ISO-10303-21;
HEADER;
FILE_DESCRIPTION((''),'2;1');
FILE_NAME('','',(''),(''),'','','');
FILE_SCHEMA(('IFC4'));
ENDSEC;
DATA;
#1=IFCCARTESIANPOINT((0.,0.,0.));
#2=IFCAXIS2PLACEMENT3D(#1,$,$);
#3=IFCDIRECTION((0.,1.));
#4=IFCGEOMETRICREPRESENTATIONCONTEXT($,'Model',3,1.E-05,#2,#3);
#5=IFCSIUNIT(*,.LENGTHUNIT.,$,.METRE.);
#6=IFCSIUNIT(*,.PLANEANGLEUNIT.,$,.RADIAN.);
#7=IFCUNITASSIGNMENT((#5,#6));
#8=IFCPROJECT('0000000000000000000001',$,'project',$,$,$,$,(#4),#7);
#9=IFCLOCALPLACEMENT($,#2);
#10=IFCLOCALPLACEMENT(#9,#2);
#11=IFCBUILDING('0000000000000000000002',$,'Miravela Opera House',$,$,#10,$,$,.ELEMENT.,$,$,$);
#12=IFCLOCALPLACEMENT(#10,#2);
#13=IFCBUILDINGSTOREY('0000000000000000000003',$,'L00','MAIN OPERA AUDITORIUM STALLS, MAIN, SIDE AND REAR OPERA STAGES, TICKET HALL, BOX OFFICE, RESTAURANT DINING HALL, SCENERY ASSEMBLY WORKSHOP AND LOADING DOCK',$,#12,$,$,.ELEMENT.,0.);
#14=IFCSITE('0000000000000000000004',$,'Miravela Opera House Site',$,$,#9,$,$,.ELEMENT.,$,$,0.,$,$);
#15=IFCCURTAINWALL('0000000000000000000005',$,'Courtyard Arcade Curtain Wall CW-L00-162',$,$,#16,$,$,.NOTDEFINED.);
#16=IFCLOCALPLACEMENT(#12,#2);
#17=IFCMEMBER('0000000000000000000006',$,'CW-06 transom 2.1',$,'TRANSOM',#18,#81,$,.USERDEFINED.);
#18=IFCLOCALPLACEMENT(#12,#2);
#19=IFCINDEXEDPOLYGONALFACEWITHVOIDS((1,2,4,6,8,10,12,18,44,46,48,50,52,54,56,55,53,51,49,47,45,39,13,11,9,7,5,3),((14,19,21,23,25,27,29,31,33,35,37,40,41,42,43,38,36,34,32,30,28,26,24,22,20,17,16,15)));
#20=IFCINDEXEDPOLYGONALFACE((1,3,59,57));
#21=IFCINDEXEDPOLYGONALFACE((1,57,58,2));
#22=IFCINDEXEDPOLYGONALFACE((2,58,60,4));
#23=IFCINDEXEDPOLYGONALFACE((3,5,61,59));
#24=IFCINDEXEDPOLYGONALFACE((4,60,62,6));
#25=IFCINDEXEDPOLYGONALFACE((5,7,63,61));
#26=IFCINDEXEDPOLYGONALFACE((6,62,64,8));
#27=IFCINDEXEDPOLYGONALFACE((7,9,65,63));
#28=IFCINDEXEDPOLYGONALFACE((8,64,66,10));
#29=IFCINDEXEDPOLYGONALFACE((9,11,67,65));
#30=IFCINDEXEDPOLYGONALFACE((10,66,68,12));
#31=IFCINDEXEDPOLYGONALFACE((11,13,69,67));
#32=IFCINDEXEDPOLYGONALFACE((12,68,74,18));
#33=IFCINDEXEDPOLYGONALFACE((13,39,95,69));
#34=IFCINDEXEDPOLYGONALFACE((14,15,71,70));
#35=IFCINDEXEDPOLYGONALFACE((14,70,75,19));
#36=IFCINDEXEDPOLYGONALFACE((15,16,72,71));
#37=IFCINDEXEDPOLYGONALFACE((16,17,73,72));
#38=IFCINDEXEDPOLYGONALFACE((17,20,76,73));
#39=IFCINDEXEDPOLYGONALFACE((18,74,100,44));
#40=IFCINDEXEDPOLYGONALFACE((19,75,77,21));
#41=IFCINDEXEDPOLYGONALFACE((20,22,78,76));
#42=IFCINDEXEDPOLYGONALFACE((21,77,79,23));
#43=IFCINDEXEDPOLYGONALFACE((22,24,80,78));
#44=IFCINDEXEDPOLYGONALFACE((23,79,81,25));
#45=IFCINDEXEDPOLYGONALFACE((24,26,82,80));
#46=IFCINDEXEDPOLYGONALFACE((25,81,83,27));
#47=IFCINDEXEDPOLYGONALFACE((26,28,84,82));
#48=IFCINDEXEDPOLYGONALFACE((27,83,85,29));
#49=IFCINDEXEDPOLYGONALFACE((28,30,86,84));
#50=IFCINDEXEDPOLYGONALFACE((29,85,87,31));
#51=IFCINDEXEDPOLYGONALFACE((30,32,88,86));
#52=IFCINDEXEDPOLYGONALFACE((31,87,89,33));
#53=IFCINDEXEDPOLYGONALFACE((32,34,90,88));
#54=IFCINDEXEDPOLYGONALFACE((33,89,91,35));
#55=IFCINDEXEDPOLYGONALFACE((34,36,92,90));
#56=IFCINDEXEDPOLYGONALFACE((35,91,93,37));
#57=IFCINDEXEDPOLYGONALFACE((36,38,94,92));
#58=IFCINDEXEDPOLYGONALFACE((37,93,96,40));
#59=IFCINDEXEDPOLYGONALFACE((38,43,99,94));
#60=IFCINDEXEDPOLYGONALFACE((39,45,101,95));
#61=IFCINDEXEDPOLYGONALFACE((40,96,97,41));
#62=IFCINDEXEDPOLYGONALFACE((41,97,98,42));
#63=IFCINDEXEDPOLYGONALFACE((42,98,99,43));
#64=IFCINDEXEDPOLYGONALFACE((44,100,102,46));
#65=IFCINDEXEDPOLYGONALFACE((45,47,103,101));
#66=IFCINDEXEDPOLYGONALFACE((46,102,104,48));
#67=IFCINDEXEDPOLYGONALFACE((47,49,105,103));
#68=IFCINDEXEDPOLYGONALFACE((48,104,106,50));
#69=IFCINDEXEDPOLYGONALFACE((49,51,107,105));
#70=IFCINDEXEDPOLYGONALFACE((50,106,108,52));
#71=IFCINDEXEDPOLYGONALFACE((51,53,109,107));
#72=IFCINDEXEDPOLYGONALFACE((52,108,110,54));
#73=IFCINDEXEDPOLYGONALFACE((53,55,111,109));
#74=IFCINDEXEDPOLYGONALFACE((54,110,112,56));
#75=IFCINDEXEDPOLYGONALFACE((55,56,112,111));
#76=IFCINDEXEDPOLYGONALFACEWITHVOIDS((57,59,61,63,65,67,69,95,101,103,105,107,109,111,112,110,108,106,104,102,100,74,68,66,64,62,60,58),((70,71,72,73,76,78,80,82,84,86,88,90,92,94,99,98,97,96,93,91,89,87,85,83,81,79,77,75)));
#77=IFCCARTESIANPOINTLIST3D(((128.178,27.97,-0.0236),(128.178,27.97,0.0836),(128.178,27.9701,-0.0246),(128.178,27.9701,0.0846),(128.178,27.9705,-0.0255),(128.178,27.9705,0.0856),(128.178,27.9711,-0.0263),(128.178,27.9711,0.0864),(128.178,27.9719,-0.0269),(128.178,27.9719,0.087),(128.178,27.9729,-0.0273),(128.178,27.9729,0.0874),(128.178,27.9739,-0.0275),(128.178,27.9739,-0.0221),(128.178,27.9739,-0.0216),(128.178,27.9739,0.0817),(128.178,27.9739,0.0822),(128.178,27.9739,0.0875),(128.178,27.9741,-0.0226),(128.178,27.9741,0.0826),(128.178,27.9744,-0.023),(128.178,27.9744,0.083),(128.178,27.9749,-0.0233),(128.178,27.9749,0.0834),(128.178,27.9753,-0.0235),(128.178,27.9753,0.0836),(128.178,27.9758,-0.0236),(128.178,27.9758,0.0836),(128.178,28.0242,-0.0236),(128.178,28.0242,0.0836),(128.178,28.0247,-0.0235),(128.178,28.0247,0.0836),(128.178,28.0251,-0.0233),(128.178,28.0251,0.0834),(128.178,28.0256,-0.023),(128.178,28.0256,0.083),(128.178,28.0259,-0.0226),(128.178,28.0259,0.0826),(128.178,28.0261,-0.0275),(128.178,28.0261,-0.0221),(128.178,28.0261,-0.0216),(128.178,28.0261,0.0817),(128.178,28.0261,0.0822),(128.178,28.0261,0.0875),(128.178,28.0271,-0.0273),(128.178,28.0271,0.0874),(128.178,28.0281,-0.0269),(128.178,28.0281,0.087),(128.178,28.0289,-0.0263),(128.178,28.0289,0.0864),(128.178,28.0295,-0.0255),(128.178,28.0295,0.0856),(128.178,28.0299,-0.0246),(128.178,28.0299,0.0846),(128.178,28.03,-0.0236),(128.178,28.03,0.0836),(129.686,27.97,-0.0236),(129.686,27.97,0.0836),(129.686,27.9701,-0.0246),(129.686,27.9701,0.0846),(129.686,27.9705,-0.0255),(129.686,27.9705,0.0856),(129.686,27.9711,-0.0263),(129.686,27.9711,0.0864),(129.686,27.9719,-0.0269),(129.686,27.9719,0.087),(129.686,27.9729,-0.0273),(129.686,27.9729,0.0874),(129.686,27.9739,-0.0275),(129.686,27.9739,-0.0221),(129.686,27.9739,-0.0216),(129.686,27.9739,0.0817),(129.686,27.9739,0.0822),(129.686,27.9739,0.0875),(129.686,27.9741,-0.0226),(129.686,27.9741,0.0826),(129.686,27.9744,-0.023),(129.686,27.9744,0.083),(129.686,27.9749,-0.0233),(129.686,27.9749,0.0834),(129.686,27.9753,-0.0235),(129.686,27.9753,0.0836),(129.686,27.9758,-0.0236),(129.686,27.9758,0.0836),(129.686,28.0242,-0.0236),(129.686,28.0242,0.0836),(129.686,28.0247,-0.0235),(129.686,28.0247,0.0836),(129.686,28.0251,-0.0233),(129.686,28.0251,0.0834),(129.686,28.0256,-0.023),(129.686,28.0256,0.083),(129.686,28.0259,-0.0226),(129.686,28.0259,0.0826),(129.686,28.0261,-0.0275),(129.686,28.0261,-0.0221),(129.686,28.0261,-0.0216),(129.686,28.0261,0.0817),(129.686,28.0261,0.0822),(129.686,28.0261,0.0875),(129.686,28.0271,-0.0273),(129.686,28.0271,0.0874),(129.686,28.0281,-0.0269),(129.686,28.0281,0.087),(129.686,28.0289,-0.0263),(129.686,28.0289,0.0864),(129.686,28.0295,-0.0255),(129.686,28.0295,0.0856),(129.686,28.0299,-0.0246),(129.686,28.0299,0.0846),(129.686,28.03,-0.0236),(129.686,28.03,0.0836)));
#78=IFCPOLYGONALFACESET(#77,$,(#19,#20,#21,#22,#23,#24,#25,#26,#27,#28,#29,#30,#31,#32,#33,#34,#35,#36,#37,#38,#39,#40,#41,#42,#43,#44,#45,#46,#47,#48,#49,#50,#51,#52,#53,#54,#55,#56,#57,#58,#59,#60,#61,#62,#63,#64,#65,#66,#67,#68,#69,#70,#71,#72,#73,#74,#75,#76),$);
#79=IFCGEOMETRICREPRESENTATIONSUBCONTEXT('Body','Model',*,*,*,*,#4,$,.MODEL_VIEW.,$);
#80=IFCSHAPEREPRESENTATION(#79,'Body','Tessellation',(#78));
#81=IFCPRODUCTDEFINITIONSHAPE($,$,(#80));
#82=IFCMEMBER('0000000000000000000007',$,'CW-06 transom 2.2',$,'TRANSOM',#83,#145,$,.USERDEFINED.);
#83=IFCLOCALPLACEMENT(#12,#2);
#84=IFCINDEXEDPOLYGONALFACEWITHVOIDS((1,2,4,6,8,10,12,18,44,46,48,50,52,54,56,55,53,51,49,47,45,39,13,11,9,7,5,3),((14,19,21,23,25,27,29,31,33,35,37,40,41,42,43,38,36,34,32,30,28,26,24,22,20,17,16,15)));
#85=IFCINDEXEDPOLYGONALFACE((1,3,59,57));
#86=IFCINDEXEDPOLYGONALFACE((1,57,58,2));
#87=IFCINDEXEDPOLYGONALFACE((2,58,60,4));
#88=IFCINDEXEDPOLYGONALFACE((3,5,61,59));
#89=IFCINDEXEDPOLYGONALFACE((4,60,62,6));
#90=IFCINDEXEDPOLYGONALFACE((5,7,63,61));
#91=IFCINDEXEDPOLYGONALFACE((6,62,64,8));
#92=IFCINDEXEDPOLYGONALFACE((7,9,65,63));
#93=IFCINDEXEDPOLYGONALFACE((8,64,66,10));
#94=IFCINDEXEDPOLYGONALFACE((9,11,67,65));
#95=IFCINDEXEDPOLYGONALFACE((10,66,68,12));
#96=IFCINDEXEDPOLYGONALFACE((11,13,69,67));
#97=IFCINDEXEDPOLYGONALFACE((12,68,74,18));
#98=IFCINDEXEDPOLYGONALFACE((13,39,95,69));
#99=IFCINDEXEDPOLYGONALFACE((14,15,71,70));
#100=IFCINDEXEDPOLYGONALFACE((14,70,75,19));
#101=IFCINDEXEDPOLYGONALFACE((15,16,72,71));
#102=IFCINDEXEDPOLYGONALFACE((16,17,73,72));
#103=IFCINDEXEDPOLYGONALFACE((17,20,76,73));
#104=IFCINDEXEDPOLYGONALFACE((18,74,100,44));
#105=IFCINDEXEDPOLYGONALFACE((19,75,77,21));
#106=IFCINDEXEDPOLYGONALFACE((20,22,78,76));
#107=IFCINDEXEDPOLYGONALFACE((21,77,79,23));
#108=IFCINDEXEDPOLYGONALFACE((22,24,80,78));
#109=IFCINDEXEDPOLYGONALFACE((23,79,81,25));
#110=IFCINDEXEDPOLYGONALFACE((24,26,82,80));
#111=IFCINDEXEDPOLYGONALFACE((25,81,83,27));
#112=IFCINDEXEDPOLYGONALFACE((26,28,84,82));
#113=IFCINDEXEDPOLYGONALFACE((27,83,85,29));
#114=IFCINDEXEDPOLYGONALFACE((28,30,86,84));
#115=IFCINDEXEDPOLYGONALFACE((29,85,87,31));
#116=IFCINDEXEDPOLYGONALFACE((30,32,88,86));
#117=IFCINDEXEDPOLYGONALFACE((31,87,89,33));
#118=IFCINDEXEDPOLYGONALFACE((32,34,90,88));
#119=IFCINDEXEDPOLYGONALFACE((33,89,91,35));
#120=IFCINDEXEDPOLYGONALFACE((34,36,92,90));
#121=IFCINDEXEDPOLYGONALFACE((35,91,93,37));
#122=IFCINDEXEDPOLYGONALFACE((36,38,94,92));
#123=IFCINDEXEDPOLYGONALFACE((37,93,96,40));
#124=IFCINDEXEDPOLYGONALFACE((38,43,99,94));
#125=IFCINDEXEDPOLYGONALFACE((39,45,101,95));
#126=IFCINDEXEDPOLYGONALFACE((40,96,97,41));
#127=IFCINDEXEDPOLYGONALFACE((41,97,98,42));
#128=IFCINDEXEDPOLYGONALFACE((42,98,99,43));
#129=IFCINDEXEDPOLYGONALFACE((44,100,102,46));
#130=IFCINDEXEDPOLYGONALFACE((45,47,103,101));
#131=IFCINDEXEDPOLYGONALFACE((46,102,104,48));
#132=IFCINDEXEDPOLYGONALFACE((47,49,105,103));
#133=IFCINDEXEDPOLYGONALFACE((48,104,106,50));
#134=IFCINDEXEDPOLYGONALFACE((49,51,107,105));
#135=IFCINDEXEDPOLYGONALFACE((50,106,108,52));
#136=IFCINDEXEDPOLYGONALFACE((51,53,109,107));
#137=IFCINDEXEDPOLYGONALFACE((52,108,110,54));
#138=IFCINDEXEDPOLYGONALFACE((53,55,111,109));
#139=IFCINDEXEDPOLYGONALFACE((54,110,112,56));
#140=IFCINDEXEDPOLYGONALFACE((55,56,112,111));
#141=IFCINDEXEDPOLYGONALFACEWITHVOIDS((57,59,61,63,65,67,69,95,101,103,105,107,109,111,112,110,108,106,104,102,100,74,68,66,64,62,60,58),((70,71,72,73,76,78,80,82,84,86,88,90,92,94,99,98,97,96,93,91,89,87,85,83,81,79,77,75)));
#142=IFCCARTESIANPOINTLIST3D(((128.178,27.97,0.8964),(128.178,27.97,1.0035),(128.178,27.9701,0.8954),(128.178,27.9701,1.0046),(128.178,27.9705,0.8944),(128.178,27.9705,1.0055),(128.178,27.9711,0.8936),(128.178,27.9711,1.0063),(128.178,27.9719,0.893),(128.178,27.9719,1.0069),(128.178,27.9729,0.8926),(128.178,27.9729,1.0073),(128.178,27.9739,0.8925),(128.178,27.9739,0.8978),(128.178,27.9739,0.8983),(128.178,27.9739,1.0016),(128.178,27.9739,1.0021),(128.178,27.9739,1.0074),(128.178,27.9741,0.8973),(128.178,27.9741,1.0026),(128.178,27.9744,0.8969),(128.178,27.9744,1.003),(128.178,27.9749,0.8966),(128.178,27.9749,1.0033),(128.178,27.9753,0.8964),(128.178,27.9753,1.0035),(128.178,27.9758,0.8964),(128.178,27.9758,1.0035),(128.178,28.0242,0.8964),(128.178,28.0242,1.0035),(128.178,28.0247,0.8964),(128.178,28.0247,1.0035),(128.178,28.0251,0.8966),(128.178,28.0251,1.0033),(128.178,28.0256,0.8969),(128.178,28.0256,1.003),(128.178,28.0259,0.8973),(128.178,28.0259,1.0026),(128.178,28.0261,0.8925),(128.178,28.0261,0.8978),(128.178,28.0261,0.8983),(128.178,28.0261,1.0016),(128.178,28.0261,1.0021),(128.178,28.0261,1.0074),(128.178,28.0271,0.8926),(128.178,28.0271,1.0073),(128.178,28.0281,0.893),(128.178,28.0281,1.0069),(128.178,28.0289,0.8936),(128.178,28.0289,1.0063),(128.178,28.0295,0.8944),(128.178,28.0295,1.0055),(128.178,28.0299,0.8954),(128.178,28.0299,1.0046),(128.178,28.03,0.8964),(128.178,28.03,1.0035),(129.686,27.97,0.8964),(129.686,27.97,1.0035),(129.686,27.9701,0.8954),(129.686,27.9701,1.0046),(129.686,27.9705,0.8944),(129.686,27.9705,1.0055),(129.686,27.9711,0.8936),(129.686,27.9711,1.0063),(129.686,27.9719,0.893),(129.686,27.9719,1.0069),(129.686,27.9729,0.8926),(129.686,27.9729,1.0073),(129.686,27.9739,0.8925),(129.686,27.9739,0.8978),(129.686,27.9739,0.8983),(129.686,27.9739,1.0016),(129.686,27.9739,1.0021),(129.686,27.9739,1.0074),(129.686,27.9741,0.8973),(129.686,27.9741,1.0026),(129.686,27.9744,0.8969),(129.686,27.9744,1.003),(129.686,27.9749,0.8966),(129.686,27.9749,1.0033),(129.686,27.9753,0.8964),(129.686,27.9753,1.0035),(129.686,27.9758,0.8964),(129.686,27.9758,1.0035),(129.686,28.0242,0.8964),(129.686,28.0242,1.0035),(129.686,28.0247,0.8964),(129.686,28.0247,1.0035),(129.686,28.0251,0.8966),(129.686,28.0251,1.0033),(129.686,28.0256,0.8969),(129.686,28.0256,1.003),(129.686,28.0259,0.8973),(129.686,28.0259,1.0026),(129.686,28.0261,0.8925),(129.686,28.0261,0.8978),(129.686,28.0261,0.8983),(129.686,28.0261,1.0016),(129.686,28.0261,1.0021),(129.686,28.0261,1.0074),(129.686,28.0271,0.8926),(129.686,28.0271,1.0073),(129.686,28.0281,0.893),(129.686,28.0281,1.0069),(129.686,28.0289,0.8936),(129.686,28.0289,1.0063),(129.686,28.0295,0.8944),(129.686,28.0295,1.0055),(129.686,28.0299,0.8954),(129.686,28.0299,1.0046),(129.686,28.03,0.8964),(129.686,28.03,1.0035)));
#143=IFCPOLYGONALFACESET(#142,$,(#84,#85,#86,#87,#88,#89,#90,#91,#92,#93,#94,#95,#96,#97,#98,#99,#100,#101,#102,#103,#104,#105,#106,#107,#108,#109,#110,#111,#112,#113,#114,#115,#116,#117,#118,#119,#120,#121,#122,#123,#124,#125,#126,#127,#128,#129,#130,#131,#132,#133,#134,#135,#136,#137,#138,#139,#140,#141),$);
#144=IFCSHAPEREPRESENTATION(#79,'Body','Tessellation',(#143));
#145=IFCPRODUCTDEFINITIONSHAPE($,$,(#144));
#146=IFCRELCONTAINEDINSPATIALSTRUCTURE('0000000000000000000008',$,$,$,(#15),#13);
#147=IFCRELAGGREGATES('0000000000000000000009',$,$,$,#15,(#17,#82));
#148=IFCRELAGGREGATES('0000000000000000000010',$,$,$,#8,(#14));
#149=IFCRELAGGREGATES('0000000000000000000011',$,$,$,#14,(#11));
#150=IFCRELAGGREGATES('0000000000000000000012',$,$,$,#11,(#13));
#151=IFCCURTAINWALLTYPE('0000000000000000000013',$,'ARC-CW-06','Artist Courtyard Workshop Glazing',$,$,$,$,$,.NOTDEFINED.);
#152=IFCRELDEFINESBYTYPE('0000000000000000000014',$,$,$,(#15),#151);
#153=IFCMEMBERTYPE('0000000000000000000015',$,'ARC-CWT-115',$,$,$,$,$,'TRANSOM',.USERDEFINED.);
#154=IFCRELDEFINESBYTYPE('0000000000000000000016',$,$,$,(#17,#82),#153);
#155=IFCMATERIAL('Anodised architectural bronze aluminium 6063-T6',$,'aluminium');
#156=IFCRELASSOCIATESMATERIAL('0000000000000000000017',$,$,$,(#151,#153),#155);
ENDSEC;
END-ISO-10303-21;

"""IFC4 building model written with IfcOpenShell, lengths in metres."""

from ifc_helpers import new_model, si_unit, direction, frame, origin, origin_2d, place, context, subcontext, project, spatial, hollow_rectangle, extrude, material, material_profile, profile_set, type_object, element, aggregate, save


model = new_model("IFC4")

# Units and contexts
model_context = context("Model", 3, precision=1e-05, world=origin(), true_north=direction((0.0, 1.0)))
body_context = subcontext(model_context, "Body", "Model", "MODEL_VIEW")
ifc_project = project(units=[si_unit("LENGTHUNIT", "METRE"), si_unit("PLANEANGLEUNIT", "RADIAN")], contexts=[model_context])

# Site, building, storey
site_placement = place(None, origin())
site = spatial("IfcSite", under=ifc_project, at=site_placement, Name="Miravela Opera House Site", CompositionType="ELEMENT", RefElevation=0.0)
building_placement = place(site_placement, origin())
building = spatial("IfcBuilding", under=site, at=building_placement, Name="Miravela Opera House", CompositionType="ELEMENT")
storey_placement = place(building_placement, origin())
storey = spatial("IfcBuildingStorey", under=building, at=storey_placement, Name="L00", Description="MAIN OPERA AUDITORIUM STALLS, MAIN, SIDE AND REAR OPERA STAGES, TICKET HALL, BOX OFFICE, RESTAURANT DINING HALL, SCENERY ASSEMBLY WORKSHOP AND LOADING DOCK", CompositionType="ELEMENT", Elevation=0.0)

# Shared definitions
ifc_material_1 = material(Name="Anodised architectural bronze aluminium 6063-T6", Category="aluminium")
curtain_wall_type = type_object("IfcCurtainWallType", Name="ARC-CW-06", Description="Artist Courtyard Workshop Glazing", PredefinedType="NOTDEFINED", material=ifc_material_1)

# Curtain wall, members
curtain_wall_1_placement = place(storey_placement, origin())
curtain_wall_1 = element("IfcCurtainWall", 1, at=curtain_wall_1_placement, inside=storey, type_object=curtain_wall_type, Name="Courtyard Arcade Curtain Wall CW-L00-162", PredefinedType="NOTDEFINED")
ifc_material_profile_1 = material_profile(ifc_material_1, hollow_rectangle(XDim=0.0601, YDim=0.115, WallThickness=0.0039, InnerFilletRadius=0.002, OuterFilletRadius=0.0039, at=origin_2d()), Name="CWT-60X115")
ifc_profile_set_1 = profile_set([ifc_material_profile_1])
member_type_1 = type_object("IfcMemberType", Name="ARC-CWT-115", ElementType="TRANSOM", PredefinedType="USERDEFINED", material=ifc_profile_set_1)
member_1_placement = place(storey_placement, frame((128.178, 28.0, 0.03), z_axis=(1.0, 0.0, 0.0), x_axis=(0.0, 1.0, 0.0)))
member_1 = element("IfcMember", 2, at=member_1_placement, type_object=member_type_1, Name="CW-06 transom 2.1", ObjectType="TRANSOM", PredefinedType="USERDEFINED", context=body_context, shape_type="SweptSolid", body=[
    extrude(hollow_rectangle(XDim=0.0601, YDim=0.115, WallThickness=0.0039, InnerFilletRadius=0.002, OuterFilletRadius=0.0039, at=origin_2d()), origin(), (0.0, 0.0, 1.0), 1.5081),
])
member_2_placement = place(storey_placement, frame((128.178, 28.0, 0.95), z_axis=(1.0, 0.0, 0.0), x_axis=(0.0, 1.0, 0.0)))
member_2 = element("IfcMember", 3, at=member_2_placement, type_object=member_type_1, Name="CW-06 transom 2.2", ObjectType="TRANSOM", PredefinedType="USERDEFINED", context=body_context, shape_type="SweptSolid", body=[
    extrude(hollow_rectangle(XDim=0.0601, YDim=0.115, WallThickness=0.0039, InnerFilletRadius=0.002, OuterFilletRadius=0.0039, at=origin_2d()), origin(), (0.0, 0.0, 1.0), 1.5081),
])

aggregate(curtain_wall_1, [member_1, member_2])

save(model, "model.ifc")
